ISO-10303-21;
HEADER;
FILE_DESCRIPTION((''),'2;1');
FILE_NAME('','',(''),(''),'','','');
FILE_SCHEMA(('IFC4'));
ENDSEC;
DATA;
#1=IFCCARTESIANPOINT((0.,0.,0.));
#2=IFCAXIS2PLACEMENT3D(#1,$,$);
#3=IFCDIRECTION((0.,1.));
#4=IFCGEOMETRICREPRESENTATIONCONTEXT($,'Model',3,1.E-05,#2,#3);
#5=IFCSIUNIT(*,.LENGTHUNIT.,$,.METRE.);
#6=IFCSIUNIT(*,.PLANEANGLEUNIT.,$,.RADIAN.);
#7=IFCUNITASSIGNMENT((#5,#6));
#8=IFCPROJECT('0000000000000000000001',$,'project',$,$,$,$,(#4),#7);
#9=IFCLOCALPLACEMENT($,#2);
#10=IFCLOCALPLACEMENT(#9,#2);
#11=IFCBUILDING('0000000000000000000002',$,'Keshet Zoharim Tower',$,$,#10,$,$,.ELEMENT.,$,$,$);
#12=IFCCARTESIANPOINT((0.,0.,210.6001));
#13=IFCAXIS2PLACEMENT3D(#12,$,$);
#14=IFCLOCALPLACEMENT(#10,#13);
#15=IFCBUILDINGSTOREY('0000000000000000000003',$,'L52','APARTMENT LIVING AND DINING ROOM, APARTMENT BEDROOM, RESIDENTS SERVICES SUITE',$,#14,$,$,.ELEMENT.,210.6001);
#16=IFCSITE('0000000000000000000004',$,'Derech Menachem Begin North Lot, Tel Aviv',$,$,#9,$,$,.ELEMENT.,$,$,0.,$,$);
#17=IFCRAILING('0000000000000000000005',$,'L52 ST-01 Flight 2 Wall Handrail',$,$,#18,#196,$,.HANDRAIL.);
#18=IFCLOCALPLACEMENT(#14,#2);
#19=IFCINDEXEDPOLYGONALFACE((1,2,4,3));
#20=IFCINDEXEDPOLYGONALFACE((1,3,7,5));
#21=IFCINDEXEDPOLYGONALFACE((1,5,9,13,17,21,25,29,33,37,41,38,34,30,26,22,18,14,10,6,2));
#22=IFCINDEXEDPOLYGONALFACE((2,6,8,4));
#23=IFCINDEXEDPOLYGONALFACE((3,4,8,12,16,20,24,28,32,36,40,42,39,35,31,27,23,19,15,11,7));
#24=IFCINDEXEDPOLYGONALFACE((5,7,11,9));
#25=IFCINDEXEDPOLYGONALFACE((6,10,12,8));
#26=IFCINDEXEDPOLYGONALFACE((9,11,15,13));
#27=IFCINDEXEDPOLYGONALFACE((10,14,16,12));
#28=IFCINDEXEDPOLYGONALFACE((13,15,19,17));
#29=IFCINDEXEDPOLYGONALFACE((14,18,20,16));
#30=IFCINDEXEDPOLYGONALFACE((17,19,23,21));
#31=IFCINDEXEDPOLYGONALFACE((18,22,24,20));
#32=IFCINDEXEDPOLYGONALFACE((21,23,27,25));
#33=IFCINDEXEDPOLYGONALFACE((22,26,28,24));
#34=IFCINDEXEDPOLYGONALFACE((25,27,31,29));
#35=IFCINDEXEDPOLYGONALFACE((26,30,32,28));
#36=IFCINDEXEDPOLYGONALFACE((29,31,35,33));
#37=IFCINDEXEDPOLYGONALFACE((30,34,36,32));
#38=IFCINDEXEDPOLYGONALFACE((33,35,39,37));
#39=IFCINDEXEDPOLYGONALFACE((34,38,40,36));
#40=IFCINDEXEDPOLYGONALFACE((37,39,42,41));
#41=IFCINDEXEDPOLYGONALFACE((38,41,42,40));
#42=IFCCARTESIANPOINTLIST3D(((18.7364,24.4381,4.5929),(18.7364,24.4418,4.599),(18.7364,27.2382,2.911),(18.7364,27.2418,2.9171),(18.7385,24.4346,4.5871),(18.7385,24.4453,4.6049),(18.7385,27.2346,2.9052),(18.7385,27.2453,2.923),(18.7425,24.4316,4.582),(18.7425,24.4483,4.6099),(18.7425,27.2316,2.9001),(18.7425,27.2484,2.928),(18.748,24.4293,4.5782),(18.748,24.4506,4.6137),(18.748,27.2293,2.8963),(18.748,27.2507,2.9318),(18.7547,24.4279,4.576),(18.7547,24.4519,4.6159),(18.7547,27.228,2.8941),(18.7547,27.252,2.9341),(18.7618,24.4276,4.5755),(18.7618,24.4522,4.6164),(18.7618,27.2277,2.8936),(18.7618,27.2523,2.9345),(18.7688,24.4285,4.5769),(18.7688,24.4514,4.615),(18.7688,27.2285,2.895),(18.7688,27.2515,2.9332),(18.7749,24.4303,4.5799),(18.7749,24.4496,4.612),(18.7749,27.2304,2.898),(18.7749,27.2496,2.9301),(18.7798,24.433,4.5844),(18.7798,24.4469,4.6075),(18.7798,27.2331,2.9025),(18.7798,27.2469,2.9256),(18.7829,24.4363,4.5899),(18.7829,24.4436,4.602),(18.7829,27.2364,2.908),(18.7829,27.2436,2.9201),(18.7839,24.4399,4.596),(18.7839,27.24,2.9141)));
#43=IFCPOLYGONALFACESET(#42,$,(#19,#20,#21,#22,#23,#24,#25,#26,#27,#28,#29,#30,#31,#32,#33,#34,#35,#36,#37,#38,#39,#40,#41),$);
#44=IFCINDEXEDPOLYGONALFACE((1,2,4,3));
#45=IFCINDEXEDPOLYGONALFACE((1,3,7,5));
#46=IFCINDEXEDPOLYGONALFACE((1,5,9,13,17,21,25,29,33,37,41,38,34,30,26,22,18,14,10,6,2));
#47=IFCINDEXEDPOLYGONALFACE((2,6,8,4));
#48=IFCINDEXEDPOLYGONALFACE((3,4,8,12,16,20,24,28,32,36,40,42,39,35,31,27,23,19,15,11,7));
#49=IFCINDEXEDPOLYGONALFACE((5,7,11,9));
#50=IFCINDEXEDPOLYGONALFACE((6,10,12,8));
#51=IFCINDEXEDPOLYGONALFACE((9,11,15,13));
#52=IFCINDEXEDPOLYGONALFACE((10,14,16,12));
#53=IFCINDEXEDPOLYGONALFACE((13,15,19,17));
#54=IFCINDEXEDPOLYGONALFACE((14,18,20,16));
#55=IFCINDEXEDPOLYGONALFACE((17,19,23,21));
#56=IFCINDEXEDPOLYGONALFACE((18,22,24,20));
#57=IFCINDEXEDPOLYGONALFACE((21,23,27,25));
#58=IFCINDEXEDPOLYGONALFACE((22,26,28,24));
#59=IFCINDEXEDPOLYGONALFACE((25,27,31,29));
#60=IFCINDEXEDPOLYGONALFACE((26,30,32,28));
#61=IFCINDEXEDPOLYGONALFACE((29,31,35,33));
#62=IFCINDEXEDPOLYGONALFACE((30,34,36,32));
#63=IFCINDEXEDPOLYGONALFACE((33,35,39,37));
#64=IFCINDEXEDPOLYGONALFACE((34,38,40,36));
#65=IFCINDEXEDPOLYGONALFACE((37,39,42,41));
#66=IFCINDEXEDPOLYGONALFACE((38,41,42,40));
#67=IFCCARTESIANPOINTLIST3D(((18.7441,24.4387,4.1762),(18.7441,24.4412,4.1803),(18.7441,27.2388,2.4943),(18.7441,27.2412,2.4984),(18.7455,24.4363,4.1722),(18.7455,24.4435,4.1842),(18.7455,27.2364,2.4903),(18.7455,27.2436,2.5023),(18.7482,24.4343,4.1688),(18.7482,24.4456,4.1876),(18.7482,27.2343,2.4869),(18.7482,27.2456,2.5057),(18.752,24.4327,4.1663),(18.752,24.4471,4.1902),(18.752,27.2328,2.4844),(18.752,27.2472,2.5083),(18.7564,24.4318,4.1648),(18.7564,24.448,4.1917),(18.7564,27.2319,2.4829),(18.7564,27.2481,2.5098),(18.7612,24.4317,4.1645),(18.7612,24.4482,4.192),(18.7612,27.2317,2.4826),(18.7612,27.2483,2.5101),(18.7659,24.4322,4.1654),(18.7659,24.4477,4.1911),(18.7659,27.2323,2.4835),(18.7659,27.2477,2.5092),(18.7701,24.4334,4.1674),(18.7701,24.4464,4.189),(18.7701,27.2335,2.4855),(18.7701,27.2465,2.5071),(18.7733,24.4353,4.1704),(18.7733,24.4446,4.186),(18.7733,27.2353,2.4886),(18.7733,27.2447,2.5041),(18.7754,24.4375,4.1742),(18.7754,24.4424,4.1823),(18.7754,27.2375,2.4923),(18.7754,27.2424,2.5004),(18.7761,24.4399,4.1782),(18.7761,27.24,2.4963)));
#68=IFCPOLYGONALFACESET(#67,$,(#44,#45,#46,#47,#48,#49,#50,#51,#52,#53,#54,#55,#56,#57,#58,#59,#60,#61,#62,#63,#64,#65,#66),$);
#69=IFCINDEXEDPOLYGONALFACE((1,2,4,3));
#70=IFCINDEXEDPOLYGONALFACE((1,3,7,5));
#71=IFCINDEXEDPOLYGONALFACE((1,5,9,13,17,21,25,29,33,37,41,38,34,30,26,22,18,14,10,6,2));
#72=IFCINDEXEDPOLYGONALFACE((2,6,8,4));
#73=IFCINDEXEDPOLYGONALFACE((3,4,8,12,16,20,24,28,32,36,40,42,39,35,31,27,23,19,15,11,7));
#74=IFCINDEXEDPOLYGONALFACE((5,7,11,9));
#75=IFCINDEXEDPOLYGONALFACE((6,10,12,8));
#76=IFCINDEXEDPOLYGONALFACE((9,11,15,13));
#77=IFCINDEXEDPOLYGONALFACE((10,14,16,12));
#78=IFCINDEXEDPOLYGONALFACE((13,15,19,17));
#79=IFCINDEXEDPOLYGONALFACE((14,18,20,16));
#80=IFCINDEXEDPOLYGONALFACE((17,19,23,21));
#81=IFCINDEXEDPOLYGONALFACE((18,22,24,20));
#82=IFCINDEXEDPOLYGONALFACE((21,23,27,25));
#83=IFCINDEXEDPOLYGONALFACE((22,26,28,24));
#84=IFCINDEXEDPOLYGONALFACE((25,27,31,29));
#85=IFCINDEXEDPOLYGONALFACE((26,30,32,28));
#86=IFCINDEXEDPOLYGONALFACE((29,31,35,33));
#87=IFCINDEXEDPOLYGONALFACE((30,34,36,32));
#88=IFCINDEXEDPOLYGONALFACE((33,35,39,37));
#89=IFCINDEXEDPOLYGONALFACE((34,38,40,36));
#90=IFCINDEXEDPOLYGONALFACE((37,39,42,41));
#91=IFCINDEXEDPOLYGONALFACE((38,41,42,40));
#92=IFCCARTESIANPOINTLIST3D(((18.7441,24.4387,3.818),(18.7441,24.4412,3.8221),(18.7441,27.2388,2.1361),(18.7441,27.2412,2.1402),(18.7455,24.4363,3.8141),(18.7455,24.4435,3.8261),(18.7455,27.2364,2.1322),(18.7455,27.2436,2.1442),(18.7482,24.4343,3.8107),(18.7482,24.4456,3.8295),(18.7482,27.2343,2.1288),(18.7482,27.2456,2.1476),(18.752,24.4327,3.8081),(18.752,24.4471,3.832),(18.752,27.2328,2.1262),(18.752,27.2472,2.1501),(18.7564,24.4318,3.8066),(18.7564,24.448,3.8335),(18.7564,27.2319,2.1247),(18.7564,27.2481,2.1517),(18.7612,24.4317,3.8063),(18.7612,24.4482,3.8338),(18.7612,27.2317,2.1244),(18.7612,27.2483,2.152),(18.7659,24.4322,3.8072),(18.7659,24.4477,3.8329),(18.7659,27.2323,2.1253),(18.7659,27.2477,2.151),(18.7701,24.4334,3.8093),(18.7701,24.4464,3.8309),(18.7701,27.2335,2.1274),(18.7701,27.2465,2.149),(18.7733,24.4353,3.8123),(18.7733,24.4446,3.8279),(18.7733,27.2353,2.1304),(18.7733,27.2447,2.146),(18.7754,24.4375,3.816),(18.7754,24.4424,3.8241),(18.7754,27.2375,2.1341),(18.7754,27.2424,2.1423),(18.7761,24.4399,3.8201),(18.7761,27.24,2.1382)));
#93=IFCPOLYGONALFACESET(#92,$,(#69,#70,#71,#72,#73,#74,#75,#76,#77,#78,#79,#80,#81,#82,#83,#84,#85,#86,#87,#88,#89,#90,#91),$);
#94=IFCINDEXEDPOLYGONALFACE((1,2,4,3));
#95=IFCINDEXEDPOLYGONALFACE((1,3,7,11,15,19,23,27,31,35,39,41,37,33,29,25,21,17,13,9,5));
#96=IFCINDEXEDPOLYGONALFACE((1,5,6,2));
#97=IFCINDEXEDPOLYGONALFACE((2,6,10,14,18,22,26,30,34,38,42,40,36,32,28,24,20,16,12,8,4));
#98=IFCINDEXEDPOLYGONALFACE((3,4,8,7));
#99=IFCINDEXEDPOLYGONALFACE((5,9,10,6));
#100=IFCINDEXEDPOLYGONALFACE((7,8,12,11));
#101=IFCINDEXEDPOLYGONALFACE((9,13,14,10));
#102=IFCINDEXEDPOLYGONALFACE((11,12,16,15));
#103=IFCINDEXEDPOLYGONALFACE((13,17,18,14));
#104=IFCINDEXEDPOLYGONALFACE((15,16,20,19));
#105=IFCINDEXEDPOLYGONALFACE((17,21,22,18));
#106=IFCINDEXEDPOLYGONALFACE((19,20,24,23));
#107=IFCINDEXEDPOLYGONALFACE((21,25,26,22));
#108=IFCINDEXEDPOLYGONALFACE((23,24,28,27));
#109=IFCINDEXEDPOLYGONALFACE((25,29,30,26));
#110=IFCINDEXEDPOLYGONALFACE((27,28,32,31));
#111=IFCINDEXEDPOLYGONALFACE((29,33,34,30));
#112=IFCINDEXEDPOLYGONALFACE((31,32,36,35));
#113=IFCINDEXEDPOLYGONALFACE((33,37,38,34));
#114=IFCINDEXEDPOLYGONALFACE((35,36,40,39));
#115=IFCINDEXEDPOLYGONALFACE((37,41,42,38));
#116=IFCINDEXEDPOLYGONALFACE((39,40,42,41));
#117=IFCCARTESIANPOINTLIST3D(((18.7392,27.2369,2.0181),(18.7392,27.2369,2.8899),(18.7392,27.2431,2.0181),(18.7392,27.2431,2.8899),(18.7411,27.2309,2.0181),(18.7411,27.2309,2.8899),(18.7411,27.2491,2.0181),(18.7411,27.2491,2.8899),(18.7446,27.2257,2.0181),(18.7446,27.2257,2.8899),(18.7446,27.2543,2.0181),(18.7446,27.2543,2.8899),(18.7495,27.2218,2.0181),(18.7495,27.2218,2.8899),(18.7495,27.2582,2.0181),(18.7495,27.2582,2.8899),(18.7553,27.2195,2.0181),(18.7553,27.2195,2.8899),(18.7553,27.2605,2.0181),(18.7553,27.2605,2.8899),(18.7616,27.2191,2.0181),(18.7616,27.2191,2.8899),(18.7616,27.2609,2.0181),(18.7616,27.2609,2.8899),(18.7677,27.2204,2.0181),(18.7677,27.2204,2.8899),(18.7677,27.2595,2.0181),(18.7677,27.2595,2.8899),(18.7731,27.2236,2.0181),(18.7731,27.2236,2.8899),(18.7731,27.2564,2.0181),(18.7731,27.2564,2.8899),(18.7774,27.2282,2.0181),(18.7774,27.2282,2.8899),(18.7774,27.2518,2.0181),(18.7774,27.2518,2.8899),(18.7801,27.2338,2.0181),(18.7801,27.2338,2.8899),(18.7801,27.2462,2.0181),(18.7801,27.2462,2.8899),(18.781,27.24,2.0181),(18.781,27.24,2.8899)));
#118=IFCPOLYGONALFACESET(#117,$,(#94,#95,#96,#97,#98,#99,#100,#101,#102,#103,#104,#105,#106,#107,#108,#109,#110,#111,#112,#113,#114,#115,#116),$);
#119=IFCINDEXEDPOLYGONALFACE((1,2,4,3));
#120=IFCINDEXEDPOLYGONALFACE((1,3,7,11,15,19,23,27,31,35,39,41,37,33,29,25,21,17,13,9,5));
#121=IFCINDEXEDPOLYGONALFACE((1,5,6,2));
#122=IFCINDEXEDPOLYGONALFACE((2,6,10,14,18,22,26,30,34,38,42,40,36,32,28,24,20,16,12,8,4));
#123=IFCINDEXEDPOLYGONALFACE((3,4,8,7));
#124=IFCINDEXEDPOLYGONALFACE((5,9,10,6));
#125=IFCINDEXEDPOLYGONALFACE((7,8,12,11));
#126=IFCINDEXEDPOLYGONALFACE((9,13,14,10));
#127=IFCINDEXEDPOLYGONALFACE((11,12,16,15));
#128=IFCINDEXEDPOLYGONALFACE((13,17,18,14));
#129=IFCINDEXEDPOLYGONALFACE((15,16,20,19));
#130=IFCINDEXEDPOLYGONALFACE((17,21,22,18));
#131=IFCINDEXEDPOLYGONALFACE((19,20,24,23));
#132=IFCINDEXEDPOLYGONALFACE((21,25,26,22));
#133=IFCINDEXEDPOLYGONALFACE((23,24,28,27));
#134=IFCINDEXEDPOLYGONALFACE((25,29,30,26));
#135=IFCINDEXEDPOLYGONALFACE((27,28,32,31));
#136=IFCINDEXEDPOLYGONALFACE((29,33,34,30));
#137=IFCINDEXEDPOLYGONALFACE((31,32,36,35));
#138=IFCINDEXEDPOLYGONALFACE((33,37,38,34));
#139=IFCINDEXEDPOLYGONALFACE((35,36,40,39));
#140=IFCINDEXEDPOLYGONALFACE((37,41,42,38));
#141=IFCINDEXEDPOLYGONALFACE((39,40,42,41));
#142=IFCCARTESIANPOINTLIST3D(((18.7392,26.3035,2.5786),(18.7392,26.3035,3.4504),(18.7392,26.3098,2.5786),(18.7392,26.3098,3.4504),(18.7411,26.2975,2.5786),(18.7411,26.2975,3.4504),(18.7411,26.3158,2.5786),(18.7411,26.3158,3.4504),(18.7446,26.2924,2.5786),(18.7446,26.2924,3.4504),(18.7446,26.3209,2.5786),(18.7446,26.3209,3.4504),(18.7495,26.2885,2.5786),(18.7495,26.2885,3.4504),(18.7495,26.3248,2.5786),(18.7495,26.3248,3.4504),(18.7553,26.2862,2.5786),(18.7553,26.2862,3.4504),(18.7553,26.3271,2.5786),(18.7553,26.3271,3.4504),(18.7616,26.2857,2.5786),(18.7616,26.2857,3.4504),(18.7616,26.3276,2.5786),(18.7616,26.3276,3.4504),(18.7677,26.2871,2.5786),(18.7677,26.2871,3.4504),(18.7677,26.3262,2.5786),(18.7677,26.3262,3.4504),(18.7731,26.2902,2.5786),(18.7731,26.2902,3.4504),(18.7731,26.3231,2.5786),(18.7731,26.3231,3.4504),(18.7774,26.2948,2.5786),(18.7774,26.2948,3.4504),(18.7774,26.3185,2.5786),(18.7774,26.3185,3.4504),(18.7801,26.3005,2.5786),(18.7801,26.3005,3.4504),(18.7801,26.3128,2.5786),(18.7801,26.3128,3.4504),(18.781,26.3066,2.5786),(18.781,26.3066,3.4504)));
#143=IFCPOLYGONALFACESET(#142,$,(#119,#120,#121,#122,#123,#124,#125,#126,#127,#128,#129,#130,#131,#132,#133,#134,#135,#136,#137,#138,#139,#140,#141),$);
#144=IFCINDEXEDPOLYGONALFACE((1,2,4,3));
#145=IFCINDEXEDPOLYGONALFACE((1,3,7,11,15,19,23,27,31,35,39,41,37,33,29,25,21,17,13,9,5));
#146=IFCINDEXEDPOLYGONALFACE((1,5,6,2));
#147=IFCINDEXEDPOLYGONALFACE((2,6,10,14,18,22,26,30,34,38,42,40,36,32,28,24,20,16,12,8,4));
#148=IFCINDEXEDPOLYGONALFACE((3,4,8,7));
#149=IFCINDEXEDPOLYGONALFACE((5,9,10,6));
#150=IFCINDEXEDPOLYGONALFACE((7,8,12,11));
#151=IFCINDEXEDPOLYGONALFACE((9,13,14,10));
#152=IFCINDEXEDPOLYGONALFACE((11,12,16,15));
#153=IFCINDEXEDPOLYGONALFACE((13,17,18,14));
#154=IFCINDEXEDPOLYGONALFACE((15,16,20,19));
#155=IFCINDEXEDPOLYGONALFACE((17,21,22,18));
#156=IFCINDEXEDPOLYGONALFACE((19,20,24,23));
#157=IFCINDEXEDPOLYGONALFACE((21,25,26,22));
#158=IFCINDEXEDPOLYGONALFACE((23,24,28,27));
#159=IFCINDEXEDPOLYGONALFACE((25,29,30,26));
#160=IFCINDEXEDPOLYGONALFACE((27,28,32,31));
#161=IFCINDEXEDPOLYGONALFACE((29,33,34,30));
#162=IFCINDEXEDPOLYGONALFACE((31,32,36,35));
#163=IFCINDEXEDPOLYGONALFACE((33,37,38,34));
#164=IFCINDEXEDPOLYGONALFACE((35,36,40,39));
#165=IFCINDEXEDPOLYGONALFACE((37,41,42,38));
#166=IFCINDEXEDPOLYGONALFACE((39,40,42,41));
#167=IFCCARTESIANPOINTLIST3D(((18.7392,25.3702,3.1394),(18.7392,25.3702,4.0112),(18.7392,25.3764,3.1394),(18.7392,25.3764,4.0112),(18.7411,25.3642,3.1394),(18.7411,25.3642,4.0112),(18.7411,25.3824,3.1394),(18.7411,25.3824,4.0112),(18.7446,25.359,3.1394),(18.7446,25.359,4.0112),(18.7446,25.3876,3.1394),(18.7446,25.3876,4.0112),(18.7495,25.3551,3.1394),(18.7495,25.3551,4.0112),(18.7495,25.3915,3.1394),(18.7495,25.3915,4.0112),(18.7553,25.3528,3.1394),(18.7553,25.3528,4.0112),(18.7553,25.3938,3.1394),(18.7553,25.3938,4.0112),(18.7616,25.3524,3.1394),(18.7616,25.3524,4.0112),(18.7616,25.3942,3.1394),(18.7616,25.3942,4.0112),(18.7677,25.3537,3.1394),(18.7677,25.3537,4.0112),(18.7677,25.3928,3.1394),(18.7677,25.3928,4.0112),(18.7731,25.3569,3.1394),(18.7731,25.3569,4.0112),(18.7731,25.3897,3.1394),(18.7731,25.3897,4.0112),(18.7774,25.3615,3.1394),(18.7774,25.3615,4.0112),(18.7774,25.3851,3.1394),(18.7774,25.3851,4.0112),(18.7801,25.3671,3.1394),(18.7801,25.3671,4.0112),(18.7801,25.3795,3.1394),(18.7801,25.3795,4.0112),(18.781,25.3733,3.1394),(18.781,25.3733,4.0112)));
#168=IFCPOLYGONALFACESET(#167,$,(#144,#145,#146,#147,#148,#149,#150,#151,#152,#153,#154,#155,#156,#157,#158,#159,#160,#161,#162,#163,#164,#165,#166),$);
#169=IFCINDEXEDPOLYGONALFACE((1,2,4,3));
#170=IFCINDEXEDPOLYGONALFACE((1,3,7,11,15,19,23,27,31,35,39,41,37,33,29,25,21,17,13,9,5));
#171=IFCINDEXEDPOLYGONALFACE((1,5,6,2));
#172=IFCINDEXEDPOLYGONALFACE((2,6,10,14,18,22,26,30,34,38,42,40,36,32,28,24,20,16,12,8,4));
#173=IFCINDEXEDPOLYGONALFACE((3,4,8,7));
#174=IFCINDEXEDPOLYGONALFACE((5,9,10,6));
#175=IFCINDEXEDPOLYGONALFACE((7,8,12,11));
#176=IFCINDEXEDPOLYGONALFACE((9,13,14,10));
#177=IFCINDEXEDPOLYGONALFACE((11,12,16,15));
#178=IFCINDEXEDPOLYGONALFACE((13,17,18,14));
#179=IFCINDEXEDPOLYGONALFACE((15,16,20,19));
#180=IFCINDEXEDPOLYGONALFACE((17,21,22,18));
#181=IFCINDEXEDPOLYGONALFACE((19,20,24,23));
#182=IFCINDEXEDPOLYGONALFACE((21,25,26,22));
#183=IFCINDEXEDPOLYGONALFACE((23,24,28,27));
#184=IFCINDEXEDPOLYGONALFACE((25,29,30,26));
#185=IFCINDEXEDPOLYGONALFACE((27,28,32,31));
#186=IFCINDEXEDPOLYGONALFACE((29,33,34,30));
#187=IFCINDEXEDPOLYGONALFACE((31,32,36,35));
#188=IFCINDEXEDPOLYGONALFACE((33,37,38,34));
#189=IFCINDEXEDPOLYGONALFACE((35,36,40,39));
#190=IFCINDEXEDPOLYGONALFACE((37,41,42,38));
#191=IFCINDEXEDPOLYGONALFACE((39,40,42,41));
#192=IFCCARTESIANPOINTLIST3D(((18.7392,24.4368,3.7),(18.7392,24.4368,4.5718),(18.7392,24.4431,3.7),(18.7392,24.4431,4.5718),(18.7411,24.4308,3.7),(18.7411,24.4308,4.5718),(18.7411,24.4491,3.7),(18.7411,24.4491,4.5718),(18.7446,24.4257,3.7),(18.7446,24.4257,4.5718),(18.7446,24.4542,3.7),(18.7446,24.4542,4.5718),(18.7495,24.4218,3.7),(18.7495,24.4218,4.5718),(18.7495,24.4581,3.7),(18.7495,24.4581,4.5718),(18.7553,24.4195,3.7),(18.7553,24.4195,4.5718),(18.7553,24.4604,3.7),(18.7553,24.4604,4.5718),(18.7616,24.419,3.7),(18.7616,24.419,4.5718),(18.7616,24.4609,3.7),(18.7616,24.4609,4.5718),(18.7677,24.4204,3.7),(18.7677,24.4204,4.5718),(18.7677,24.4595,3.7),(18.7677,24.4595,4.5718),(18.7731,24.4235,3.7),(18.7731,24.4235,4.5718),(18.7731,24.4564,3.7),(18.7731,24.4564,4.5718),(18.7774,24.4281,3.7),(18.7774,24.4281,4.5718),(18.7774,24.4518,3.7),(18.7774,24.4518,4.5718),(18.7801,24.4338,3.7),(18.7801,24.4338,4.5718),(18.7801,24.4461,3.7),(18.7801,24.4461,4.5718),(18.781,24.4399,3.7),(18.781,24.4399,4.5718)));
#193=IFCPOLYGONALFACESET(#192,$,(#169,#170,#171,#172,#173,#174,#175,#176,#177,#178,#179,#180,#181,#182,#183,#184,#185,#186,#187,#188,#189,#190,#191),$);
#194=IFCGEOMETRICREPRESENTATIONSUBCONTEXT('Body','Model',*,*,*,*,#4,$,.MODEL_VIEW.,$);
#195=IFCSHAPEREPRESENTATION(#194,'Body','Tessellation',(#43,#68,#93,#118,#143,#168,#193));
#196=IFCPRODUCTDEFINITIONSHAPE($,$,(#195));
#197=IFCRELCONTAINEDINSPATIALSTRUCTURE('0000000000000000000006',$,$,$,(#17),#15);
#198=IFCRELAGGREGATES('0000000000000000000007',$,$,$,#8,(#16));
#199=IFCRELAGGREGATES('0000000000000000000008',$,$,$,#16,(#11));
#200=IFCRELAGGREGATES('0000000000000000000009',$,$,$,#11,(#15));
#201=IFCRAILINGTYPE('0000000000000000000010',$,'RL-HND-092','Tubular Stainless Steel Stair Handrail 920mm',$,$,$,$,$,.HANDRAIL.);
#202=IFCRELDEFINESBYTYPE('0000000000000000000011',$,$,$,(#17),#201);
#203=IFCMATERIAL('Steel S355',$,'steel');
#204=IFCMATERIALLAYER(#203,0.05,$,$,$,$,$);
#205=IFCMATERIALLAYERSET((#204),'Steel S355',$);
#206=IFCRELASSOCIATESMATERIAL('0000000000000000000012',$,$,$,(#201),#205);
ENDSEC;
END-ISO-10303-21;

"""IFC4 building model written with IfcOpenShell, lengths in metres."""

from ifc_helpers import new_model, si_unit, direction, frame, origin, origin_2d, place, context, subcontext, project, spatial, circle, extrude, material, layer, layer_set, type_object, element, save


model = new_model("IFC4")

# Units and contexts
model_context = context("Model", 3, precision=1e-05, world=origin(), true_north=direction((0.0, 1.0)))
body_context = subcontext(model_context, "Body", "Model", "MODEL_VIEW")
ifc_project = project(units=[si_unit("LENGTHUNIT", "METRE"), si_unit("PLANEANGLEUNIT", "RADIAN")], contexts=[model_context])

# Site, building, storey
site_placement = place(None, origin())
site = spatial("IfcSite", under=ifc_project, at=site_placement, Name="Derech Menachem Begin North Lot, Tel Aviv", CompositionType="ELEMENT", RefElevation=0.0)
building_placement = place(site_placement, origin())
building = spatial("IfcBuilding", under=site, at=building_placement, Name="Keshet Zoharim Tower", CompositionType="ELEMENT")
storey_placement = place(building_placement, frame((0.0, 0.0, 210.6001)))
storey = spatial("IfcBuildingStorey", under=building, at=storey_placement, Name="L52", Description="APARTMENT LIVING AND DINING ROOM, APARTMENT BEDROOM, RESIDENTS SERVICES SUITE", CompositionType="ELEMENT", Elevation=210.6001)

# Shared definitions
ifc_material_1 = material(Name="Steel S355", Category="steel")

# Railing
ifc_layer_1 = layer(ifc_material_1, 0.05)
ifc_layer_set_1 = layer_set([ifc_layer_1], Name="Steel S355")
railing_type_1 = type_object("IfcRailingType", Name="RL-HND-092", Description="Tubular Stainless Steel Stair Handrail 920mm", PredefinedType="HANDRAIL", material=ifc_layer_set_1)
for number, where, name in (
    (1, (18.76, 27.24, 2.0181), "L52 ST-01 Flight 2 Wall Handrail"),
):
    element("IfcRailing", number, at=place(storey_placement, frame(where)), inside=storey, type_object=railing_type_1, Name=name, PredefinedType="HANDRAIL", context=body_context, shape_type="SweptSolid", body=[
        extrude(circle(Radius=0.0239, at=origin_2d()), frame((0.0, 0.0, 0.896), z_axis=(0.0, -0.857242, 0.514913), x_axis=(1.0, 0.0, 0.0)), (0.0, 0.0, 1.0), 3.2664),
        extrude(circle(Radius=0.0161, at=origin_2d()), frame((0.0, 0.0, 0.4783), z_axis=(0.0, -0.857242, 0.514913), x_axis=(1.0, 0.0, 0.0)), (0.0, 0.0, 1.0), 3.2664),
        extrude(circle(Radius=0.0161, at=origin_2d()), frame((0.0, 0.0, 0.1201), z_axis=(0.0, -0.857242, 0.514913), x_axis=(1.0, 0.0, 0.0)), (0.0, 0.0, 1.0), 3.2664),
        extrude(circle(Radius=0.021, at=origin_2d()), origin(), (0.0, 0.0, 1.0), 0.8718),
        extrude(circle(Radius=0.021, at=origin_2d()), frame((0.0, -0.9333, 0.5605)), (0.0, 0.0, 1.0), 0.8718),
        extrude(circle(Radius=0.021, at=origin_2d()), frame((0.0, -1.8667, 1.1213)), (0.0, 0.0, 1.0), 0.8718),
        extrude(circle(Radius=0.021, at=origin_2d()), frame((0.0, -2.8, 1.6819)), (0.0, 0.0, 1.0), 0.8718),
    ])

save(model, "model.ifc")
